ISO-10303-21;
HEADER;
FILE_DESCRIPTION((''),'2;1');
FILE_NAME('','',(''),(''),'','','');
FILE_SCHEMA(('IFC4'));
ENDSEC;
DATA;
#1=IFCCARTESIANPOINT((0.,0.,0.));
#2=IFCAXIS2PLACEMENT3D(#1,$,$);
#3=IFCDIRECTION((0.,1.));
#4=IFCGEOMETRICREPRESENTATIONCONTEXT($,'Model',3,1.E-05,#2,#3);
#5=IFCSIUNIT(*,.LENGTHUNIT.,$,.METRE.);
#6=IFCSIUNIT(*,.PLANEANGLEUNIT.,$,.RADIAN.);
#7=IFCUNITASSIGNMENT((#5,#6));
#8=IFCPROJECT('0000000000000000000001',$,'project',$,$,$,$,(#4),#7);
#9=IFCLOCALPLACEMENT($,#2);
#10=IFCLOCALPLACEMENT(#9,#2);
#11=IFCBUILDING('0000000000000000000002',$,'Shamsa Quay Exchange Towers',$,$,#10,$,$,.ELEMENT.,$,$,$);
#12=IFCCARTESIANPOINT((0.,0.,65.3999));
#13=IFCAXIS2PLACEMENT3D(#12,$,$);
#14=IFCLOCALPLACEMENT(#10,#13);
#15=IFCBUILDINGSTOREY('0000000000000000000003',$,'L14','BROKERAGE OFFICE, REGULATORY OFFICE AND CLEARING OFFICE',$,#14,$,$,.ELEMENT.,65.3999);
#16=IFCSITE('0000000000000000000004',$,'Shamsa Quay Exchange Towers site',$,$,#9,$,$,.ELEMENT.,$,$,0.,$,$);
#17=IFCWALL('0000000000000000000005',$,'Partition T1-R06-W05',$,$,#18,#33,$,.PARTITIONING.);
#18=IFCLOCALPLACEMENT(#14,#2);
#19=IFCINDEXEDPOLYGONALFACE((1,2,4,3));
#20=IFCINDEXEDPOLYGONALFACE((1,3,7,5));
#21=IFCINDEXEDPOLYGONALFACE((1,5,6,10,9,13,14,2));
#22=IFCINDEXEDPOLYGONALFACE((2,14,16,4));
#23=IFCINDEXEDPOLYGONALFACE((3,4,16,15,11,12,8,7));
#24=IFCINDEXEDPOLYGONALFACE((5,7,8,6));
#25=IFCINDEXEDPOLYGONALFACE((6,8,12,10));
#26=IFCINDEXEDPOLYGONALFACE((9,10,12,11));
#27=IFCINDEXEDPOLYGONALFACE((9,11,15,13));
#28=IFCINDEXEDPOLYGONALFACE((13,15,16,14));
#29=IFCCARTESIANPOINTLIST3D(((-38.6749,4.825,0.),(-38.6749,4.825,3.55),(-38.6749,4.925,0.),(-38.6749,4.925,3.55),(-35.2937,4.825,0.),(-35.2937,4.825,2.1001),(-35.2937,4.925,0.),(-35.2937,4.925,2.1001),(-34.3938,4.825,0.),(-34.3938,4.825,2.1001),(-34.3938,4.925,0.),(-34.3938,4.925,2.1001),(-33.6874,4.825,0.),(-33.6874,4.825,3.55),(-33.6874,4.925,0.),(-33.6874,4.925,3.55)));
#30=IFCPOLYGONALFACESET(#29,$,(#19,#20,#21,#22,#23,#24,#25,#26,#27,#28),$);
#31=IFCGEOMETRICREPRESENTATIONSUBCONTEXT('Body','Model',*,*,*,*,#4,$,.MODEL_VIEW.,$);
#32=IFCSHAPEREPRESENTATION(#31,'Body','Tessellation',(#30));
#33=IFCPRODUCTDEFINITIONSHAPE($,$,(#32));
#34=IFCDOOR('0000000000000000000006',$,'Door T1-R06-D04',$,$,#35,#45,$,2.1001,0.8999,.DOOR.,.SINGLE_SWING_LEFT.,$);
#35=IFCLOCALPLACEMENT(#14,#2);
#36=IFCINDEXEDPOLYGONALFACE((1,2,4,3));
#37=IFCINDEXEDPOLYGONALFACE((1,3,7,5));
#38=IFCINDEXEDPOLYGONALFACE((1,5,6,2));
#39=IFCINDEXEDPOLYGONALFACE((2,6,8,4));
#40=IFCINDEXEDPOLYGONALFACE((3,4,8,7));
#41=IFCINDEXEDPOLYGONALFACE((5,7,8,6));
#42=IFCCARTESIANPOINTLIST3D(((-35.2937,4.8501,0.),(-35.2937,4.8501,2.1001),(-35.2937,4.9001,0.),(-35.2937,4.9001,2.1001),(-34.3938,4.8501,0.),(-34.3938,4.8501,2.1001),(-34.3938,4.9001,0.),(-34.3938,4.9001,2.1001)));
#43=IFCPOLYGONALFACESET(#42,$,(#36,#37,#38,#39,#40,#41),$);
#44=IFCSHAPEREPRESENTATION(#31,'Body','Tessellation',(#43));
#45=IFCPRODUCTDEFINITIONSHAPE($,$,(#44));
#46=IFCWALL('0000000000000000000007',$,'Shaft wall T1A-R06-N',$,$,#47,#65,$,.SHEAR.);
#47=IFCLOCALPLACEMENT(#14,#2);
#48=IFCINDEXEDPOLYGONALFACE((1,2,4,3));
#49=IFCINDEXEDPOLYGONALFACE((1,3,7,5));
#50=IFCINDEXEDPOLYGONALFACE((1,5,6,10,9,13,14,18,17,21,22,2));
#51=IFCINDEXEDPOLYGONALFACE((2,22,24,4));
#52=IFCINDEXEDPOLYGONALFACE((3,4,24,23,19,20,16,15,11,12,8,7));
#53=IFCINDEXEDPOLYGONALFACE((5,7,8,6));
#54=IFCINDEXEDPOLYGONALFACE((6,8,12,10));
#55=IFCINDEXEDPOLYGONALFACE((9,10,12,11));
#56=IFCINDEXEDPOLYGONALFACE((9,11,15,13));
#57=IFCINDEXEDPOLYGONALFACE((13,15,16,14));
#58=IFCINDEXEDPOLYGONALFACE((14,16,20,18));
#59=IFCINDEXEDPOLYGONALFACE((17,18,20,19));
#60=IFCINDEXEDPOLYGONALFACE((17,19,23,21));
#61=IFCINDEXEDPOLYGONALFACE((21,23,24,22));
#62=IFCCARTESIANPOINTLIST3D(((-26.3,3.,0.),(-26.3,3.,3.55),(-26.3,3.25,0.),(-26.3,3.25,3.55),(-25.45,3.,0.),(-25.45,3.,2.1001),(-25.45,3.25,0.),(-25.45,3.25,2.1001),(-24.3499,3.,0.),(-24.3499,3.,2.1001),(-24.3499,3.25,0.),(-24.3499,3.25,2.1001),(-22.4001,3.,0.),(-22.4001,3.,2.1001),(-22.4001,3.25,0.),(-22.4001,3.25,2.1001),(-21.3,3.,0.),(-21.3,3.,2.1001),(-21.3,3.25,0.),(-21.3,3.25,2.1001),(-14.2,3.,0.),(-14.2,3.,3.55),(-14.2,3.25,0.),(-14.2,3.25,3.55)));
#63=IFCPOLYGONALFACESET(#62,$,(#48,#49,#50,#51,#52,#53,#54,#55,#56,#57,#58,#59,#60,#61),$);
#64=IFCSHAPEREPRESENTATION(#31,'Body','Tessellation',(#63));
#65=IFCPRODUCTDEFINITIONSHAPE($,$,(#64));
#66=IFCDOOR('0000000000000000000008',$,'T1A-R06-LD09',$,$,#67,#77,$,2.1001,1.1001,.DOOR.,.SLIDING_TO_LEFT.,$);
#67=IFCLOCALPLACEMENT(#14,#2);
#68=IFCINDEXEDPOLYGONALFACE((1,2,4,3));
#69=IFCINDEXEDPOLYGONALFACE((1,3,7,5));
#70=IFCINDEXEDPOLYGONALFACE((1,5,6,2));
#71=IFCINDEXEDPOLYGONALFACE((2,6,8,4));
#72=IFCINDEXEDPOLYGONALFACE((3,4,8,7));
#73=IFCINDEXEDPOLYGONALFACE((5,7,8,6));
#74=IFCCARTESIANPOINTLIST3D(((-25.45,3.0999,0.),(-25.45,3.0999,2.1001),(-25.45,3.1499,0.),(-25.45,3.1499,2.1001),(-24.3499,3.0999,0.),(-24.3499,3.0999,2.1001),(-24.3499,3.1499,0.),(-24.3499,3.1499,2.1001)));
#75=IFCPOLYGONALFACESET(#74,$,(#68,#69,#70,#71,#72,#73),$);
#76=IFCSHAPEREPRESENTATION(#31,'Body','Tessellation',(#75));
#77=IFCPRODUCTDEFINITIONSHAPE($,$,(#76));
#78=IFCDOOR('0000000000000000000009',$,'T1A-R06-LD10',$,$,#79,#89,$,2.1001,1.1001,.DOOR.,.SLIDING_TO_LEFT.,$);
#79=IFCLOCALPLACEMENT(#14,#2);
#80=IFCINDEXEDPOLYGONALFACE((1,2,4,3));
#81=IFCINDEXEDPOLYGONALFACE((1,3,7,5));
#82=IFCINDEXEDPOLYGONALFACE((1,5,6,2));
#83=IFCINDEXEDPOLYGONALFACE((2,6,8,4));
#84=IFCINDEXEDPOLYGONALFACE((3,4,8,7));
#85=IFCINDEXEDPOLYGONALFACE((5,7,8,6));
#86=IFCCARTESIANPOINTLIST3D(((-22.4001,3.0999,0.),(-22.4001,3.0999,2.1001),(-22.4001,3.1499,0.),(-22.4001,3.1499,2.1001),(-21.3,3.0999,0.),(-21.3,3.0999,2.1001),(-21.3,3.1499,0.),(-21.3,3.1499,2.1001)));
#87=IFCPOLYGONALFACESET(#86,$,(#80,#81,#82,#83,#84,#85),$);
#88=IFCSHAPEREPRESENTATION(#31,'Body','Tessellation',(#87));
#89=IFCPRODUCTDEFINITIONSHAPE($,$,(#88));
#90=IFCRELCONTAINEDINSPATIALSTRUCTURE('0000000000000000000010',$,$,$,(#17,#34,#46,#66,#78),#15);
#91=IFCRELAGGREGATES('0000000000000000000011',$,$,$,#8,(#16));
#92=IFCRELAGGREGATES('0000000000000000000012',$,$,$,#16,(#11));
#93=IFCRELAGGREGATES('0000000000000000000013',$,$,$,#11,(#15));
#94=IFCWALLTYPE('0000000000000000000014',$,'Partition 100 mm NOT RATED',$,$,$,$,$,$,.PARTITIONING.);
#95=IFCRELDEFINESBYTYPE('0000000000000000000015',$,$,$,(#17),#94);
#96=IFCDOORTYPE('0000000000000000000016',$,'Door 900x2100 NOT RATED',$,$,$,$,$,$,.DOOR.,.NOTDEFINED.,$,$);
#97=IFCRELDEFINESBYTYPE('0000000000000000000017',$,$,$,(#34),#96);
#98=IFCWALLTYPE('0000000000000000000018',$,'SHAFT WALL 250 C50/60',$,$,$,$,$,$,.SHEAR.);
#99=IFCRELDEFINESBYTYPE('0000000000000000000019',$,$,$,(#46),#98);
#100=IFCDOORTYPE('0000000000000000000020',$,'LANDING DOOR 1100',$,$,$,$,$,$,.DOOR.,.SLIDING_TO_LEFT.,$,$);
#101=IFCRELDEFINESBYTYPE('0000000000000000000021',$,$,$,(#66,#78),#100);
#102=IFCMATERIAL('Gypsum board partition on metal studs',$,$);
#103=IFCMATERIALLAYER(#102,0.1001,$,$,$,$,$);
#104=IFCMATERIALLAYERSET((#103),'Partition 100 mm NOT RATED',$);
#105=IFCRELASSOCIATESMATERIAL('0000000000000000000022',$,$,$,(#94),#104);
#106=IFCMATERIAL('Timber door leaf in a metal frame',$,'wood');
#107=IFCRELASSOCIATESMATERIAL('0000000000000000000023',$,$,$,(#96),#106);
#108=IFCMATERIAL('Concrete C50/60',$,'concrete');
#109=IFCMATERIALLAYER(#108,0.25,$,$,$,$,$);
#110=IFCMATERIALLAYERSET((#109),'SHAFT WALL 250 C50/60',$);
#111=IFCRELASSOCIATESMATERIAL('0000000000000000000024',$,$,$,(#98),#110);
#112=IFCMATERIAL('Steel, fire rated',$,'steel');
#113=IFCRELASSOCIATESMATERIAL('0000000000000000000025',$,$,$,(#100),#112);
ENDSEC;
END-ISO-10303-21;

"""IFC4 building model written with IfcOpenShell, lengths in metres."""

from ifc_helpers import new_model, si_unit, direction, frame, frame_2d, origin, place, context, subcontext, project, spatial, rectangle, extrude, material, layer, layer_set, type_object, element, fill, save


model = new_model("IFC4")

# Units and contexts
model_context = context("Model", 3, precision=1e-05, world=origin(), true_north=direction((0.0, 1.0)))
body_context = subcontext(model_context, "Body", "Model", "MODEL_VIEW")
ifc_project = project(units=[si_unit("LENGTHUNIT", "METRE"), si_unit("PLANEANGLEUNIT", "RADIAN")], contexts=[model_context])

# Site, building, storey
site_placement = place(None, origin())
site = spatial("IfcSite", under=ifc_project, at=site_placement, Name="Shamsa Quay Exchange Towers site", CompositionType="ELEMENT", RefElevation=0.0)
building_placement = place(site_placement, origin())
building = spatial("IfcBuilding", under=site, at=building_placement, Name="Shamsa Quay Exchange Towers", CompositionType="ELEMENT")
storey_placement = place(building_placement, frame((0.0, 0.0, 65.3999)))
storey = spatial("IfcBuildingStorey", under=building, at=storey_placement, Name="L14", Description="BROKERAGE OFFICE, REGULATORY OFFICE AND CLEARING OFFICE", CompositionType="ELEMENT", Elevation=65.3999)

# Shared definitions
ifc_material_1 = material(Name="Steel, fire rated", Category="steel")

# Wall, opening, door
ifc_material_2 = material(Name="Gypsum board partition on metal studs")
ifc_layer_1 = layer(ifc_material_2, 0.1001)
ifc_layer_set_1 = layer_set([ifc_layer_1], Name="Partition 100 mm NOT RATED")
wall_type_1 = type_object("IfcWallType", Name="Partition 100 mm NOT RATED", PredefinedType="PARTITIONING", material=ifc_layer_set_1)
wall_1_placement = place(storey_placement, frame((-33.6875, 4.875, 0.0), z_axis=(0.0, 0.0, 1.0), x_axis=(-1.0, 0.0, 0.0)))
wall_1 = element("IfcWall", 1, at=wall_1_placement, inside=storey, type_object=wall_type_1, Name="Partition T1-R06-W05", PredefinedType="PARTITIONING", context=body_context, shape_type="SweptSolid", body=[
    extrude(rectangle(XDim=4.9875, YDim=0.1001, at=frame_2d((2.4937, 0.0))), origin(), (0.0, 0.0, 1.0), 3.55),
])
opening_1_placement = place(wall_1_placement, frame((0.7063, 0.0, 0.0)))
opening_1 = element("IfcOpeningElement", 2, at=opening_1_placement, cuts=wall_1, PredefinedType="OPENING", context=body_context, shape_type="SweptSolid", body=[
    extrude(rectangle(XDim=0.8999, YDim=2.1001, at=frame_2d((0.45, 1.05))), frame((0.0, 0.0601, 0.0), z_axis=(0.0, -1.0, 0.0), x_axis=(1.0, 0.0, 0.0)), (0.0, 0.0, 1.0), 0.1201),
])
ifc_material_3 = material(Name="Timber door leaf in a metal frame", Category="wood")
door_type_1 = type_object("IfcDoorType", Name="Door 900x2100 NOT RATED", OperationType="NOTDEFINED", PredefinedType="DOOR", material=ifc_material_3)
door_1_placement = place(opening_1_placement, origin())
door_1 = element("IfcDoor", 3, at=door_1_placement, inside=storey, type_object=door_type_1, Name="Door T1-R06-D04", OperationType="SINGLE_SWING_LEFT", OverallHeight=2.1001, OverallWidth=0.8999, PredefinedType="DOOR", context=body_context, shape_type="SweptSolid", body=[
    extrude(rectangle(XDim=0.8999, YDim=2.1001, at=frame_2d((0.45, 1.05))), frame((0.0, 0.0249, 0.0), z_axis=(0.0, -1.0, 0.0), x_axis=(1.0, 0.0, 0.0)), (0.0, 0.0, 1.0), 0.05),
])
fill(opening_1, door_1)

# Wall, openings, doors
ifc_material_4 = material(Name="Concrete C50/60", Category="concrete")
ifc_layer_2 = layer(ifc_material_4, 0.25)
ifc_layer_set_2 = layer_set([ifc_layer_2], Name="SHAFT WALL 250 C50/60")
wall_type_2 = type_object("IfcWallType", Name="SHAFT WALL 250 C50/60", PredefinedType="SHEAR", material=ifc_layer_set_2)
wall_2_placement = place(storey_placement, frame((-26.3, 3.125, 0.0)))
wall_2 = element("IfcWall", 4, at=wall_2_placement, inside=storey, type_object=wall_type_2, Name="Shaft wall T1A-R06-N", PredefinedType="SHEAR", context=body_context, shape_type="SweptSolid", body=[
    extrude(rectangle(XDim=12.1001, YDim=0.25, at=frame_2d((6.05, 0.0))), origin(), (0.0, 0.0, 1.0), 3.55),
])
opening_2_placement = place(wall_2_placement, frame((0.8501, 0.0, 0.0)))
opening_2 = element("IfcOpeningElement", 5, at=opening_2_placement, cuts=wall_2, PredefinedType="OPENING", context=body_context, shape_type="SweptSolid", body=[
    extrude(rectangle(XDim=1.1001, YDim=2.1001, at=frame_2d((0.55, 1.05))), frame((0.0, 0.135, 0.0), z_axis=(0.0, -1.0, 0.0), x_axis=(1.0, 0.0, 0.0)), (0.0, 0.0, 1.0), 0.27),
])
opening_3_placement = place(wall_2_placement, frame((3.8999, 0.0, 0.0)))
opening_3 = element("IfcOpeningElement", 6, at=opening_3_placement, cuts=wall_2, PredefinedType="OPENING", context=body_context, shape_type="SweptSolid", body=[
    extrude(rectangle(XDim=1.1001, YDim=2.1001, at=frame_2d((0.55, 1.05))), frame((0.0, 0.135, 0.0), z_axis=(0.0, -1.0, 0.0), x_axis=(1.0, 0.0, 0.0)), (0.0, 0.0, 1.0), 0.27),
])
door_type_2 = type_object("IfcDoorType", Name="LANDING DOOR 1100", OperationType="SLIDING_TO_LEFT", PredefinedType="DOOR", material=ifc_material_1)
door_2_placement = place(opening_2_placement, origin())
door_2 = element("IfcDoor", 7, at=door_2_placement, inside=storey, type_object=door_type_2, Name="T1A-R06-LD09", OperationType="SLIDING_TO_LEFT", OverallHeight=2.1001, OverallWidth=1.1001, PredefinedType="DOOR", context=body_context, shape_type="SweptSolid", body=[
    extrude(rectangle(XDim=1.1001, YDim=2.1001, at=frame_2d((0.55, 1.05))), frame((0.0, 0.0249, 0.0), z_axis=(0.0, -1.0, 0.0), x_axis=(1.0, 0.0, 0.0)), (0.0, 0.0, 1.0), 0.05),
])
fill(opening_2, door_2)
door_3_placement = place(opening_3_placement, origin())
door_3 = element("IfcDoor", 8, at=door_3_placement, inside=storey, type_object=door_type_2, Name="T1A-R06-LD10", OperationType="SLIDING_TO_LEFT", OverallHeight=2.1001, OverallWidth=1.1001, PredefinedType="DOOR", context=body_context, shape_type="SweptSolid", body=[
    extrude(rectangle(XDim=1.1001, YDim=2.1001, at=frame_2d((0.55, 1.05))), frame((0.0, 0.0249, 0.0), z_axis=(0.0, -1.0, 0.0), x_axis=(1.0, 0.0, 0.0)), (0.0, 0.0, 1.0), 0.05),
])
fill(opening_3, door_3)

save(model, "model.ifc")
